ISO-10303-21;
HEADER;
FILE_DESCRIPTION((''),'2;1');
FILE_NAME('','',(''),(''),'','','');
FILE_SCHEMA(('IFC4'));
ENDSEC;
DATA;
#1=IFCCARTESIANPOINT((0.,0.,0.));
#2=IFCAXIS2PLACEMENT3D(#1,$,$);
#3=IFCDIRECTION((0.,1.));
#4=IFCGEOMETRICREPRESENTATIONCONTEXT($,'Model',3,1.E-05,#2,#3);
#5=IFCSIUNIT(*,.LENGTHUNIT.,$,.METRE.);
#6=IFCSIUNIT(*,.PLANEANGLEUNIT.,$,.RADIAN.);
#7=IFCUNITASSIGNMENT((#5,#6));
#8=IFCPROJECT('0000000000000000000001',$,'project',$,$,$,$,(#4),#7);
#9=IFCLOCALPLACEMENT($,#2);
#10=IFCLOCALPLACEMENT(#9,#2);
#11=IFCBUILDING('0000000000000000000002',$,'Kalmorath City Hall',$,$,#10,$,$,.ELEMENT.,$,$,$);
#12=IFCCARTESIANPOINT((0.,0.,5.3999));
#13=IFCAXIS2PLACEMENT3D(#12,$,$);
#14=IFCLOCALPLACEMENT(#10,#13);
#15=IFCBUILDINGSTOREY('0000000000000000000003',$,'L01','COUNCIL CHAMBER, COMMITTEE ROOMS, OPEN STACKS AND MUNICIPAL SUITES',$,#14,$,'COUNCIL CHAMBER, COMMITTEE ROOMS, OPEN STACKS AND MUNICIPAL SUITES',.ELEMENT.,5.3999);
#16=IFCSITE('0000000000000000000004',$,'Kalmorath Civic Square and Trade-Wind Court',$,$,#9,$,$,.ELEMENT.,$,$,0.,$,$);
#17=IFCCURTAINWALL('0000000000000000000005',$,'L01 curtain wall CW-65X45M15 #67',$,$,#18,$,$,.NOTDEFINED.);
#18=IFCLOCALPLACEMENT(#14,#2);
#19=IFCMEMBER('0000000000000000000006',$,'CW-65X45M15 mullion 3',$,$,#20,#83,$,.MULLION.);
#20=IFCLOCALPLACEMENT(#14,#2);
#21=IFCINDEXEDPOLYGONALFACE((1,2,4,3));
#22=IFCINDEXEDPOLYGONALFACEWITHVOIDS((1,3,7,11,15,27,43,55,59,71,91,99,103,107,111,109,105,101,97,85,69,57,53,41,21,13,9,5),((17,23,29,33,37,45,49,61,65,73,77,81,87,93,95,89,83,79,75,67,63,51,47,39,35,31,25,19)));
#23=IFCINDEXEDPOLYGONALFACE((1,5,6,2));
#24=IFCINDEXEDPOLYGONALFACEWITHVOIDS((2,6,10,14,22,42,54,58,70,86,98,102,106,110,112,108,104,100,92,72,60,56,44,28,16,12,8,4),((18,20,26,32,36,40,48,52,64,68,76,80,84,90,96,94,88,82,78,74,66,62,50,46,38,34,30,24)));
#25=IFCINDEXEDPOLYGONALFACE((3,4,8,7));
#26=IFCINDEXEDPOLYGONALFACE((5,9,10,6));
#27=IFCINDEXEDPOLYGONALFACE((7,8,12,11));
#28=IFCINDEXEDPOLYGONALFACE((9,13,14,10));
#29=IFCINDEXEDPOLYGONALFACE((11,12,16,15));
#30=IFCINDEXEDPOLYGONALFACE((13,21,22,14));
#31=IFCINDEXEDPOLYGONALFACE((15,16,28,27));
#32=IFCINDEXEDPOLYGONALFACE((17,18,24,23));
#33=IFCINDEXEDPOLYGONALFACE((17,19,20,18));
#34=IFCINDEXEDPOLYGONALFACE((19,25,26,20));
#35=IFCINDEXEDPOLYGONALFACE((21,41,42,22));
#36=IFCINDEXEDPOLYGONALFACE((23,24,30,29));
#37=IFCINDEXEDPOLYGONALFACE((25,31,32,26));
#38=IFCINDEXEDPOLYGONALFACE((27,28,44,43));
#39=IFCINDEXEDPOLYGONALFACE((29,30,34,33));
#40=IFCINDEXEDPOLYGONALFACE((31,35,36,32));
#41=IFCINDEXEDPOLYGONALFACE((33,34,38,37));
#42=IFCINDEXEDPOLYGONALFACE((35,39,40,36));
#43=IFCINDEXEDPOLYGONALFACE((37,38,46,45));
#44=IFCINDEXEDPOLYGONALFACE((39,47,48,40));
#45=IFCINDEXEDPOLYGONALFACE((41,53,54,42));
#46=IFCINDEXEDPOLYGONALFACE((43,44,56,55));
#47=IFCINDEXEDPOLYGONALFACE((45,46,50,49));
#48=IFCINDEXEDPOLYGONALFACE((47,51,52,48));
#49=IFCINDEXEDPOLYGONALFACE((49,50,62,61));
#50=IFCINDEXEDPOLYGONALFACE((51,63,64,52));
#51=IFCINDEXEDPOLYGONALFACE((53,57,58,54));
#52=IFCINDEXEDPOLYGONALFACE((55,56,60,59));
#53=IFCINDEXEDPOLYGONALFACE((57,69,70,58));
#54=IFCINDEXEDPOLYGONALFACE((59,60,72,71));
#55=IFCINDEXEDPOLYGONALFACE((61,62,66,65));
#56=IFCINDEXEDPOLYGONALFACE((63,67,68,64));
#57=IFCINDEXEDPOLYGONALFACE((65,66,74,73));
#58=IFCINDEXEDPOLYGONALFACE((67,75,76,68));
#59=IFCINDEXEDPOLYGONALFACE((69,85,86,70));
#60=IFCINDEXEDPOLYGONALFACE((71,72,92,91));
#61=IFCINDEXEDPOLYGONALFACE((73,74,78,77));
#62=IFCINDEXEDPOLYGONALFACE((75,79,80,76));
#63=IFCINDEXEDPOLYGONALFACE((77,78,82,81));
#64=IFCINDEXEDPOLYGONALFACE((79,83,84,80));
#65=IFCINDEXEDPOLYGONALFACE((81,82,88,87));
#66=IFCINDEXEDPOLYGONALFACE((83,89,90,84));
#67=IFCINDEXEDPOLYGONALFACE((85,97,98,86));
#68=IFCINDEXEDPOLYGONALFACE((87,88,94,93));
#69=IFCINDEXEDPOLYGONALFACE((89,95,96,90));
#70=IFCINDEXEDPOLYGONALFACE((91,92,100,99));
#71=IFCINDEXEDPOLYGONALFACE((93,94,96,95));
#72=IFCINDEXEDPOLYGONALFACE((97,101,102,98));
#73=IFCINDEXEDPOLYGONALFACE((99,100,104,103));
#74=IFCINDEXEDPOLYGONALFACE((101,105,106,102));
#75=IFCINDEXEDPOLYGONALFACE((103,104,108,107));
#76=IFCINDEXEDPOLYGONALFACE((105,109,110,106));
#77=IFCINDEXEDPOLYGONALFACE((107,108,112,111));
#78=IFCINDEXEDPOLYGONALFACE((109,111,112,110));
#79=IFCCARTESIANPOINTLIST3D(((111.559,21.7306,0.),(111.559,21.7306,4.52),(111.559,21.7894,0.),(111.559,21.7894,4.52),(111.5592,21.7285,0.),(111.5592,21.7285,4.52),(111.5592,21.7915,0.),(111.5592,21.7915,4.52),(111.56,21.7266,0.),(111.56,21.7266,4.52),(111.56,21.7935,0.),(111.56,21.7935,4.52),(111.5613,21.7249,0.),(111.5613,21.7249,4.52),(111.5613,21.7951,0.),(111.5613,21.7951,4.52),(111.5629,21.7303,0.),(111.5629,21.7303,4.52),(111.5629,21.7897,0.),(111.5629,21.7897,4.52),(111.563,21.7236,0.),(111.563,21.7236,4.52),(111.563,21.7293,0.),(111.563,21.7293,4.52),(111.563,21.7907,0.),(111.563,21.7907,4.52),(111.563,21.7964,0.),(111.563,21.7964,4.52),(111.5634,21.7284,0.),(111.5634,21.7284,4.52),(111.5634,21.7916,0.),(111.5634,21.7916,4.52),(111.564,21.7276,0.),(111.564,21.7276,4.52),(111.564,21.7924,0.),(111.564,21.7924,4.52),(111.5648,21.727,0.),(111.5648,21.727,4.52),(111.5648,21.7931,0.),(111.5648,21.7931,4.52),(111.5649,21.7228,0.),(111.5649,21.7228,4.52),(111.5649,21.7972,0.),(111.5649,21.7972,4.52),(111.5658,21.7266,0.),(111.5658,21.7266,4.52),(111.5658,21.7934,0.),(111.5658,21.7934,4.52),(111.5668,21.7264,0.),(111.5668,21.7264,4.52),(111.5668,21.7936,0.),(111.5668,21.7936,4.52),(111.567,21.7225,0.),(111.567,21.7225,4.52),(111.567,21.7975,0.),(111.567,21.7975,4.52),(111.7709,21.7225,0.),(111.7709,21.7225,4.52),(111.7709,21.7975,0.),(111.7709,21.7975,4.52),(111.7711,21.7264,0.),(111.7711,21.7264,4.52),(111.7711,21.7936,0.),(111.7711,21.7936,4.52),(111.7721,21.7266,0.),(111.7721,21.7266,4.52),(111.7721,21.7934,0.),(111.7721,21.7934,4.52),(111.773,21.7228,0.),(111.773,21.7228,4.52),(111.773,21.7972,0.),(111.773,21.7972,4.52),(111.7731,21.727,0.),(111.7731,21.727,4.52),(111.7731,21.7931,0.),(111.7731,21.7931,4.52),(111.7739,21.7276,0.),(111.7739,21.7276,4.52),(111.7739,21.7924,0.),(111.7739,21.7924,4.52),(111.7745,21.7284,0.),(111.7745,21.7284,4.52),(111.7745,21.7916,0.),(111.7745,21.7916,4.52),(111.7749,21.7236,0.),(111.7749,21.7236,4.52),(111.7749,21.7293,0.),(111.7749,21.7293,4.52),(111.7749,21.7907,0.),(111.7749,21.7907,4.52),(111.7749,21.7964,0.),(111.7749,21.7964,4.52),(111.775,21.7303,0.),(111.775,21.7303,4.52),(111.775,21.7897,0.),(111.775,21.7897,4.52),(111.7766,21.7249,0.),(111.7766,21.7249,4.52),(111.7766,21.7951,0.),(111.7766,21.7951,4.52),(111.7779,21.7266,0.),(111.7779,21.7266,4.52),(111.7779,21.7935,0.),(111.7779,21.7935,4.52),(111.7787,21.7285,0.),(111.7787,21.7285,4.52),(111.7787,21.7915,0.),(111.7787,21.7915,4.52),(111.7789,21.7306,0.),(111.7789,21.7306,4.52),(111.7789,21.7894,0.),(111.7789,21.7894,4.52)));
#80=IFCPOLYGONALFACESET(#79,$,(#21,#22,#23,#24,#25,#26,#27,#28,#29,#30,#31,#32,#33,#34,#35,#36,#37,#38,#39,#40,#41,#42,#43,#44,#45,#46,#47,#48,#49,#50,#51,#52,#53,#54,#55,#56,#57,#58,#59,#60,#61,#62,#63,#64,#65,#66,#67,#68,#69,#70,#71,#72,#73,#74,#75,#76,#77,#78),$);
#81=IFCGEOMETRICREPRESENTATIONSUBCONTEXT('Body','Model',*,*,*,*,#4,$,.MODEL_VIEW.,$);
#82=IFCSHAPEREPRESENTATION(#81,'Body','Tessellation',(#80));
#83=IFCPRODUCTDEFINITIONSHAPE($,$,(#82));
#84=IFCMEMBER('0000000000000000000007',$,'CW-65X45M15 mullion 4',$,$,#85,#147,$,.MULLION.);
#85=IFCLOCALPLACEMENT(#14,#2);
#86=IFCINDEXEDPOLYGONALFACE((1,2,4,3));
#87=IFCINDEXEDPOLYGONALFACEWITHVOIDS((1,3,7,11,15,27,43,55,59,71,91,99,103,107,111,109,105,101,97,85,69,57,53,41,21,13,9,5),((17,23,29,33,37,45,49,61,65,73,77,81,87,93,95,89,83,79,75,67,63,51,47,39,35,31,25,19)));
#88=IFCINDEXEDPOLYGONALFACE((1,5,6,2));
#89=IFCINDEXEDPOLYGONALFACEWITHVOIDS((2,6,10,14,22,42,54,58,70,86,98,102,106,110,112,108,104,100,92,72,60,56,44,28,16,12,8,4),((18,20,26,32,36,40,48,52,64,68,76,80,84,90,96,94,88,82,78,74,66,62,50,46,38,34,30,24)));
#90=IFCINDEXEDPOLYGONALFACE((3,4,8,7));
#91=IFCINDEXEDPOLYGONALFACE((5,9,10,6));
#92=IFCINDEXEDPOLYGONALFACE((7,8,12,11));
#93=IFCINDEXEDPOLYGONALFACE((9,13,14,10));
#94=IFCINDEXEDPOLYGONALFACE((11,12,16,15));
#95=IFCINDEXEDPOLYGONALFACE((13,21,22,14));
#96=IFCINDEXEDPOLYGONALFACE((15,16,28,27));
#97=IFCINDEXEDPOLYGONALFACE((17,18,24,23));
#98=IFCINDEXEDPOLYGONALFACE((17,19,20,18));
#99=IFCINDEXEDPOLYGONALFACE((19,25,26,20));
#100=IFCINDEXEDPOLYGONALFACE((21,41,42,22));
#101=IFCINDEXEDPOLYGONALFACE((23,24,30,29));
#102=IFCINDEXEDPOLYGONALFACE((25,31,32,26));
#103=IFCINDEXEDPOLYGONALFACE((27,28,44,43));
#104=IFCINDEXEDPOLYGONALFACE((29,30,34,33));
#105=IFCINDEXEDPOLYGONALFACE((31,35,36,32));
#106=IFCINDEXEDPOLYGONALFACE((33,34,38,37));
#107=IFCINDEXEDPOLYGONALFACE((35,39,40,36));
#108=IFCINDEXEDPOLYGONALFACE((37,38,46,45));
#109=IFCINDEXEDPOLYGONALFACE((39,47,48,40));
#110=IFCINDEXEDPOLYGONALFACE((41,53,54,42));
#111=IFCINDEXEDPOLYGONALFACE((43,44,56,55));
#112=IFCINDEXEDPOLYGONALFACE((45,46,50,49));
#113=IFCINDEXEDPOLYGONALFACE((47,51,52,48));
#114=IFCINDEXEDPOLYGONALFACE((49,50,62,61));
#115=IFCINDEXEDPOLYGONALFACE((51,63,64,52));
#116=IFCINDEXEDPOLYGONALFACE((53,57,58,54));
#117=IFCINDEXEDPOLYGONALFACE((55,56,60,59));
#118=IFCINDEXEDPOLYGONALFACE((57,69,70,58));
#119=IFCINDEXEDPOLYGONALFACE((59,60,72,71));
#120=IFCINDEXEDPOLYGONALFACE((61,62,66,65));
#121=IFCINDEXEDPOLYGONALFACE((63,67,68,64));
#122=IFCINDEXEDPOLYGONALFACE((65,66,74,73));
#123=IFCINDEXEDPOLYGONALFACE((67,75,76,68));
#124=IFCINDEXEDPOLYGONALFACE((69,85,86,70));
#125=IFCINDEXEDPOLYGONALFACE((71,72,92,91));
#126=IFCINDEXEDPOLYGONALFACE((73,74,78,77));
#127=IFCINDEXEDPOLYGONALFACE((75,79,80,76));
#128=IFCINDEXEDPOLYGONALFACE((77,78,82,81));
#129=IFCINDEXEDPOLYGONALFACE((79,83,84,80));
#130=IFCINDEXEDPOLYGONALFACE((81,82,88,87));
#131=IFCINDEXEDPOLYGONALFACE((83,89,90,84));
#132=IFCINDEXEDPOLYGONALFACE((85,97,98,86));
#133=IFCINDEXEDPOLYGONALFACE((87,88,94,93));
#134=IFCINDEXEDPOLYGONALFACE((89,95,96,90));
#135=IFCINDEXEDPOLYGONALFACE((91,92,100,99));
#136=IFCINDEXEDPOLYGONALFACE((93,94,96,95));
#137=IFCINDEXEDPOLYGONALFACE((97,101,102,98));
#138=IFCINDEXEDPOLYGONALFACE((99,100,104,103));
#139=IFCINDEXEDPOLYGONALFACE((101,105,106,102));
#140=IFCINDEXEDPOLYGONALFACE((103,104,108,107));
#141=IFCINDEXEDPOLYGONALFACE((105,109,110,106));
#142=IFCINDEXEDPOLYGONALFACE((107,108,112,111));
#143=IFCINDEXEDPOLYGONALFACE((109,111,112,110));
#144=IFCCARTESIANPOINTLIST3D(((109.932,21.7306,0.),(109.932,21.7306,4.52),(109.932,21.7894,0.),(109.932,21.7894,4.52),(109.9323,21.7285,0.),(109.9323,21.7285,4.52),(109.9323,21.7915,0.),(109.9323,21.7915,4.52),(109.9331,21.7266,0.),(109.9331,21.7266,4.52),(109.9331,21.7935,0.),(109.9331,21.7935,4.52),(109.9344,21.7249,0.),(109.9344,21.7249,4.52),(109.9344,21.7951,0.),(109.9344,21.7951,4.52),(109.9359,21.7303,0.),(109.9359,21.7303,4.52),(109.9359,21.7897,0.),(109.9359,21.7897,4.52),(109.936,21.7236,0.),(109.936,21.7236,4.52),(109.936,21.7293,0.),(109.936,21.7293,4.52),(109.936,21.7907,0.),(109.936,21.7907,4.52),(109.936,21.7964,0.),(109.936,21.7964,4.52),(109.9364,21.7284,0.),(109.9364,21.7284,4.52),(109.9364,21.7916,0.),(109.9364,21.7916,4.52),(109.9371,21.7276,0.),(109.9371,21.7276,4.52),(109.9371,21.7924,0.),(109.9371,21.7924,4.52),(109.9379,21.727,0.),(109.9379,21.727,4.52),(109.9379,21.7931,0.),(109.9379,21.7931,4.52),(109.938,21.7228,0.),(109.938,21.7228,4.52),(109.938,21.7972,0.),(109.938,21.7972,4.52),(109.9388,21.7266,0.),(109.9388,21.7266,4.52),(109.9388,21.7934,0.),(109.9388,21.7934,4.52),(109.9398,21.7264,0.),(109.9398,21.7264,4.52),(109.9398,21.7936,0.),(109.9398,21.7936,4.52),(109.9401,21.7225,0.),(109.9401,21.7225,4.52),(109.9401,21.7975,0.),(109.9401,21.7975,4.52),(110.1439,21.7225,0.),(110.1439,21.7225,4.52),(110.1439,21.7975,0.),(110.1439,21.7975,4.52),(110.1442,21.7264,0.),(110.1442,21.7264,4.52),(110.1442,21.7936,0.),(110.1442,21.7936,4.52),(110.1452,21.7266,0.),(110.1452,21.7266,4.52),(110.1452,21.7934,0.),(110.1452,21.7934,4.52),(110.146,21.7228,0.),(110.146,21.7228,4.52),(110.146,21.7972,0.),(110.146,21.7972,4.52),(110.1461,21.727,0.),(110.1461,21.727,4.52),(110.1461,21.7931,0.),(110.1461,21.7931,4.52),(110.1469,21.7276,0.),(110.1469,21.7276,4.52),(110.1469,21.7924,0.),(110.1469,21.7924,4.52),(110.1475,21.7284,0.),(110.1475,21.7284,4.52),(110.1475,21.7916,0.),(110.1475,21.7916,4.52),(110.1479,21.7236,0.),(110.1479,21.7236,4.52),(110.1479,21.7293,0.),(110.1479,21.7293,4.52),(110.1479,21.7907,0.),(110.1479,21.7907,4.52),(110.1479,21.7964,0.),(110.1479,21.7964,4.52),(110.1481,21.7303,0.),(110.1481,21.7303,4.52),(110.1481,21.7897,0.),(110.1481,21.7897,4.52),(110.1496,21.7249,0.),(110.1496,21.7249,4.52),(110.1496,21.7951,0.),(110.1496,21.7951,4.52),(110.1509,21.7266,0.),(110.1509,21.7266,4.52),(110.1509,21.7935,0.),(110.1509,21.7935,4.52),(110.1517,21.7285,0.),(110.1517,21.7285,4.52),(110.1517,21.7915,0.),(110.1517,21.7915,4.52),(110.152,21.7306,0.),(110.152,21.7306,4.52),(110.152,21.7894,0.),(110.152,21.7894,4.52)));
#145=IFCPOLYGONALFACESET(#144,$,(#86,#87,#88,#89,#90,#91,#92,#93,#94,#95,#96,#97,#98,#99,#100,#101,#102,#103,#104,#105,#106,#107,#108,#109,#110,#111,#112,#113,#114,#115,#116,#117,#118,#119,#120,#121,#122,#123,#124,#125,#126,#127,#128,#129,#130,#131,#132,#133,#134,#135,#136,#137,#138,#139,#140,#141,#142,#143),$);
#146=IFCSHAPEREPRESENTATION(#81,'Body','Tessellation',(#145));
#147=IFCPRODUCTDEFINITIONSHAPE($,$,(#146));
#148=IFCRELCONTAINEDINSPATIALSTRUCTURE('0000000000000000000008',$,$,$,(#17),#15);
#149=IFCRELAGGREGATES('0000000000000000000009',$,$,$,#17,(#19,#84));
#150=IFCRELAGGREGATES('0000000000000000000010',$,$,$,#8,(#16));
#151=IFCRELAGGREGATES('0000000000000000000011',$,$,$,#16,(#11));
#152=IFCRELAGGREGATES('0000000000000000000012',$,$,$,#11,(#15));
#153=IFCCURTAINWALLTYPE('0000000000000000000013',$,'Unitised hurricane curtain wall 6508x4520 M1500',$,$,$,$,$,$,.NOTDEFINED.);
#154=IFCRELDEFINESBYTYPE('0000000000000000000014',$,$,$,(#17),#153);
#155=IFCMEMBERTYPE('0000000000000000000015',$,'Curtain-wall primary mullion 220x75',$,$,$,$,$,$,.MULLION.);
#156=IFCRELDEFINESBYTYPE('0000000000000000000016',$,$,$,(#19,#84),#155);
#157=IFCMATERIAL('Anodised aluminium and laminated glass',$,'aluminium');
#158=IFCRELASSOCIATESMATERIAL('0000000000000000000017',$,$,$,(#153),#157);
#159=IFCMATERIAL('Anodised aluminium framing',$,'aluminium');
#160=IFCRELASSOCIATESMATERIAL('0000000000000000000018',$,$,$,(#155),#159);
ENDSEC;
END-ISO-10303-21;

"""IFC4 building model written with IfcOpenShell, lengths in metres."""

from ifc_helpers import new_model, si_unit, direction, frame, origin, origin_2d, place, context, subcontext, project, spatial, hollow_rectangle, extrude, material, material_profile, profile_set, type_object, element, aggregate, save


model = new_model("IFC4")

# Units and contexts
model_context = context("Model", 3, precision=1e-05, world=origin(), true_north=direction((0.0, 1.0)))
body_context = subcontext(model_context, "Body", "Model", "MODEL_VIEW")
ifc_project = project(units=[si_unit("LENGTHUNIT", "METRE"), si_unit("PLANEANGLEUNIT", "RADIAN")], contexts=[model_context])

# Site, building, storey
site_placement = place(None, origin())
site = spatial("IfcSite", under=ifc_project, at=site_placement, Name="Kalmorath Civic Square and Trade-Wind Court", CompositionType="ELEMENT", RefElevation=0.0)
building_placement = place(site_placement, origin())
building = spatial("IfcBuilding", under=site, at=building_placement, Name="Kalmorath City Hall", CompositionType="ELEMENT")
storey_placement = place(building_placement, frame((0.0, 0.0, 5.3999)))
storey = spatial("IfcBuildingStorey", under=building, at=storey_placement, Name="L01", Description="COUNCIL CHAMBER, COMMITTEE ROOMS, OPEN STACKS AND MUNICIPAL SUITES", LongName="COUNCIL CHAMBER, COMMITTEE ROOMS, OPEN STACKS AND MUNICIPAL SUITES", CompositionType="ELEMENT", Elevation=5.3999)

# Curtain wall, members
ifc_material_1 = material(Name="Anodised aluminium and laminated glass", Category="aluminium")
curtain_wall_type = type_object("IfcCurtainWallType", Name="Unitised hurricane curtain wall 6508x4520 M1500", PredefinedType="NOTDEFINED", material=ifc_material_1)
curtain_wall_placement = place(storey_placement, origin())
curtain_wall = element("IfcCurtainWall", 1, at=curtain_wall_placement, inside=storey, type_object=curtain_wall_type, Name="L01 curtain wall CW-65X45M15 #67", PredefinedType="NOTDEFINED")
ifc_material_2 = material(Name="Anodised aluminium framing", Category="aluminium")
ifc_material_profile_1 = material_profile(ifc_material_2, hollow_rectangle(XDim=0.075, YDim=0.22, WallThickness=0.0039, InnerFilletRadius=0.0039, OuterFilletRadius=0.0081, at=origin_2d()), Name="ALU-MUL-220X75X4")
ifc_profile_set_1 = profile_set([ifc_material_profile_1], Name="Anodised aluminium framing")
member_type_1 = type_object("IfcMemberType", Name="Curtain-wall primary mullion 220x75", PredefinedType="MULLION", material=ifc_profile_set_1)
member_1_placement = place(storey_placement, frame((111.6689, 21.76, 0.0), z_axis=(0.0, 0.0, 1.0), x_axis=(0.0, -1.0, 0.0)))
member_1 = element("IfcMember", 2, at=member_1_placement, type_object=member_type_1, Name="CW-65X45M15 mullion 3", PredefinedType="MULLION", context=body_context, shape_type="SweptSolid", body=[
    extrude(hollow_rectangle(XDim=0.075, YDim=0.22, WallThickness=0.0039, InnerFilletRadius=0.0039, OuterFilletRadius=0.0081, at=origin_2d()), origin(), (0.0, 0.0, 1.0), 4.52),
])
member_2_placement = place(storey_placement, frame((110.042, 21.76, 0.0), z_axis=(0.0, 0.0, 1.0), x_axis=(0.0, -1.0, 0.0)))
member_2 = element("IfcMember", 3, at=member_2_placement, type_object=member_type_1, Name="CW-65X45M15 mullion 4", PredefinedType="MULLION", context=body_context, shape_type="SweptSolid", body=[
    extrude(hollow_rectangle(XDim=0.075, YDim=0.22, WallThickness=0.0039, InnerFilletRadius=0.0039, OuterFilletRadius=0.0081, at=origin_2d()), origin(), (0.0, 0.0, 1.0), 4.52),
])
aggregate(curtain_wall, [member_1, member_2])

save(model, "model.ifc")
